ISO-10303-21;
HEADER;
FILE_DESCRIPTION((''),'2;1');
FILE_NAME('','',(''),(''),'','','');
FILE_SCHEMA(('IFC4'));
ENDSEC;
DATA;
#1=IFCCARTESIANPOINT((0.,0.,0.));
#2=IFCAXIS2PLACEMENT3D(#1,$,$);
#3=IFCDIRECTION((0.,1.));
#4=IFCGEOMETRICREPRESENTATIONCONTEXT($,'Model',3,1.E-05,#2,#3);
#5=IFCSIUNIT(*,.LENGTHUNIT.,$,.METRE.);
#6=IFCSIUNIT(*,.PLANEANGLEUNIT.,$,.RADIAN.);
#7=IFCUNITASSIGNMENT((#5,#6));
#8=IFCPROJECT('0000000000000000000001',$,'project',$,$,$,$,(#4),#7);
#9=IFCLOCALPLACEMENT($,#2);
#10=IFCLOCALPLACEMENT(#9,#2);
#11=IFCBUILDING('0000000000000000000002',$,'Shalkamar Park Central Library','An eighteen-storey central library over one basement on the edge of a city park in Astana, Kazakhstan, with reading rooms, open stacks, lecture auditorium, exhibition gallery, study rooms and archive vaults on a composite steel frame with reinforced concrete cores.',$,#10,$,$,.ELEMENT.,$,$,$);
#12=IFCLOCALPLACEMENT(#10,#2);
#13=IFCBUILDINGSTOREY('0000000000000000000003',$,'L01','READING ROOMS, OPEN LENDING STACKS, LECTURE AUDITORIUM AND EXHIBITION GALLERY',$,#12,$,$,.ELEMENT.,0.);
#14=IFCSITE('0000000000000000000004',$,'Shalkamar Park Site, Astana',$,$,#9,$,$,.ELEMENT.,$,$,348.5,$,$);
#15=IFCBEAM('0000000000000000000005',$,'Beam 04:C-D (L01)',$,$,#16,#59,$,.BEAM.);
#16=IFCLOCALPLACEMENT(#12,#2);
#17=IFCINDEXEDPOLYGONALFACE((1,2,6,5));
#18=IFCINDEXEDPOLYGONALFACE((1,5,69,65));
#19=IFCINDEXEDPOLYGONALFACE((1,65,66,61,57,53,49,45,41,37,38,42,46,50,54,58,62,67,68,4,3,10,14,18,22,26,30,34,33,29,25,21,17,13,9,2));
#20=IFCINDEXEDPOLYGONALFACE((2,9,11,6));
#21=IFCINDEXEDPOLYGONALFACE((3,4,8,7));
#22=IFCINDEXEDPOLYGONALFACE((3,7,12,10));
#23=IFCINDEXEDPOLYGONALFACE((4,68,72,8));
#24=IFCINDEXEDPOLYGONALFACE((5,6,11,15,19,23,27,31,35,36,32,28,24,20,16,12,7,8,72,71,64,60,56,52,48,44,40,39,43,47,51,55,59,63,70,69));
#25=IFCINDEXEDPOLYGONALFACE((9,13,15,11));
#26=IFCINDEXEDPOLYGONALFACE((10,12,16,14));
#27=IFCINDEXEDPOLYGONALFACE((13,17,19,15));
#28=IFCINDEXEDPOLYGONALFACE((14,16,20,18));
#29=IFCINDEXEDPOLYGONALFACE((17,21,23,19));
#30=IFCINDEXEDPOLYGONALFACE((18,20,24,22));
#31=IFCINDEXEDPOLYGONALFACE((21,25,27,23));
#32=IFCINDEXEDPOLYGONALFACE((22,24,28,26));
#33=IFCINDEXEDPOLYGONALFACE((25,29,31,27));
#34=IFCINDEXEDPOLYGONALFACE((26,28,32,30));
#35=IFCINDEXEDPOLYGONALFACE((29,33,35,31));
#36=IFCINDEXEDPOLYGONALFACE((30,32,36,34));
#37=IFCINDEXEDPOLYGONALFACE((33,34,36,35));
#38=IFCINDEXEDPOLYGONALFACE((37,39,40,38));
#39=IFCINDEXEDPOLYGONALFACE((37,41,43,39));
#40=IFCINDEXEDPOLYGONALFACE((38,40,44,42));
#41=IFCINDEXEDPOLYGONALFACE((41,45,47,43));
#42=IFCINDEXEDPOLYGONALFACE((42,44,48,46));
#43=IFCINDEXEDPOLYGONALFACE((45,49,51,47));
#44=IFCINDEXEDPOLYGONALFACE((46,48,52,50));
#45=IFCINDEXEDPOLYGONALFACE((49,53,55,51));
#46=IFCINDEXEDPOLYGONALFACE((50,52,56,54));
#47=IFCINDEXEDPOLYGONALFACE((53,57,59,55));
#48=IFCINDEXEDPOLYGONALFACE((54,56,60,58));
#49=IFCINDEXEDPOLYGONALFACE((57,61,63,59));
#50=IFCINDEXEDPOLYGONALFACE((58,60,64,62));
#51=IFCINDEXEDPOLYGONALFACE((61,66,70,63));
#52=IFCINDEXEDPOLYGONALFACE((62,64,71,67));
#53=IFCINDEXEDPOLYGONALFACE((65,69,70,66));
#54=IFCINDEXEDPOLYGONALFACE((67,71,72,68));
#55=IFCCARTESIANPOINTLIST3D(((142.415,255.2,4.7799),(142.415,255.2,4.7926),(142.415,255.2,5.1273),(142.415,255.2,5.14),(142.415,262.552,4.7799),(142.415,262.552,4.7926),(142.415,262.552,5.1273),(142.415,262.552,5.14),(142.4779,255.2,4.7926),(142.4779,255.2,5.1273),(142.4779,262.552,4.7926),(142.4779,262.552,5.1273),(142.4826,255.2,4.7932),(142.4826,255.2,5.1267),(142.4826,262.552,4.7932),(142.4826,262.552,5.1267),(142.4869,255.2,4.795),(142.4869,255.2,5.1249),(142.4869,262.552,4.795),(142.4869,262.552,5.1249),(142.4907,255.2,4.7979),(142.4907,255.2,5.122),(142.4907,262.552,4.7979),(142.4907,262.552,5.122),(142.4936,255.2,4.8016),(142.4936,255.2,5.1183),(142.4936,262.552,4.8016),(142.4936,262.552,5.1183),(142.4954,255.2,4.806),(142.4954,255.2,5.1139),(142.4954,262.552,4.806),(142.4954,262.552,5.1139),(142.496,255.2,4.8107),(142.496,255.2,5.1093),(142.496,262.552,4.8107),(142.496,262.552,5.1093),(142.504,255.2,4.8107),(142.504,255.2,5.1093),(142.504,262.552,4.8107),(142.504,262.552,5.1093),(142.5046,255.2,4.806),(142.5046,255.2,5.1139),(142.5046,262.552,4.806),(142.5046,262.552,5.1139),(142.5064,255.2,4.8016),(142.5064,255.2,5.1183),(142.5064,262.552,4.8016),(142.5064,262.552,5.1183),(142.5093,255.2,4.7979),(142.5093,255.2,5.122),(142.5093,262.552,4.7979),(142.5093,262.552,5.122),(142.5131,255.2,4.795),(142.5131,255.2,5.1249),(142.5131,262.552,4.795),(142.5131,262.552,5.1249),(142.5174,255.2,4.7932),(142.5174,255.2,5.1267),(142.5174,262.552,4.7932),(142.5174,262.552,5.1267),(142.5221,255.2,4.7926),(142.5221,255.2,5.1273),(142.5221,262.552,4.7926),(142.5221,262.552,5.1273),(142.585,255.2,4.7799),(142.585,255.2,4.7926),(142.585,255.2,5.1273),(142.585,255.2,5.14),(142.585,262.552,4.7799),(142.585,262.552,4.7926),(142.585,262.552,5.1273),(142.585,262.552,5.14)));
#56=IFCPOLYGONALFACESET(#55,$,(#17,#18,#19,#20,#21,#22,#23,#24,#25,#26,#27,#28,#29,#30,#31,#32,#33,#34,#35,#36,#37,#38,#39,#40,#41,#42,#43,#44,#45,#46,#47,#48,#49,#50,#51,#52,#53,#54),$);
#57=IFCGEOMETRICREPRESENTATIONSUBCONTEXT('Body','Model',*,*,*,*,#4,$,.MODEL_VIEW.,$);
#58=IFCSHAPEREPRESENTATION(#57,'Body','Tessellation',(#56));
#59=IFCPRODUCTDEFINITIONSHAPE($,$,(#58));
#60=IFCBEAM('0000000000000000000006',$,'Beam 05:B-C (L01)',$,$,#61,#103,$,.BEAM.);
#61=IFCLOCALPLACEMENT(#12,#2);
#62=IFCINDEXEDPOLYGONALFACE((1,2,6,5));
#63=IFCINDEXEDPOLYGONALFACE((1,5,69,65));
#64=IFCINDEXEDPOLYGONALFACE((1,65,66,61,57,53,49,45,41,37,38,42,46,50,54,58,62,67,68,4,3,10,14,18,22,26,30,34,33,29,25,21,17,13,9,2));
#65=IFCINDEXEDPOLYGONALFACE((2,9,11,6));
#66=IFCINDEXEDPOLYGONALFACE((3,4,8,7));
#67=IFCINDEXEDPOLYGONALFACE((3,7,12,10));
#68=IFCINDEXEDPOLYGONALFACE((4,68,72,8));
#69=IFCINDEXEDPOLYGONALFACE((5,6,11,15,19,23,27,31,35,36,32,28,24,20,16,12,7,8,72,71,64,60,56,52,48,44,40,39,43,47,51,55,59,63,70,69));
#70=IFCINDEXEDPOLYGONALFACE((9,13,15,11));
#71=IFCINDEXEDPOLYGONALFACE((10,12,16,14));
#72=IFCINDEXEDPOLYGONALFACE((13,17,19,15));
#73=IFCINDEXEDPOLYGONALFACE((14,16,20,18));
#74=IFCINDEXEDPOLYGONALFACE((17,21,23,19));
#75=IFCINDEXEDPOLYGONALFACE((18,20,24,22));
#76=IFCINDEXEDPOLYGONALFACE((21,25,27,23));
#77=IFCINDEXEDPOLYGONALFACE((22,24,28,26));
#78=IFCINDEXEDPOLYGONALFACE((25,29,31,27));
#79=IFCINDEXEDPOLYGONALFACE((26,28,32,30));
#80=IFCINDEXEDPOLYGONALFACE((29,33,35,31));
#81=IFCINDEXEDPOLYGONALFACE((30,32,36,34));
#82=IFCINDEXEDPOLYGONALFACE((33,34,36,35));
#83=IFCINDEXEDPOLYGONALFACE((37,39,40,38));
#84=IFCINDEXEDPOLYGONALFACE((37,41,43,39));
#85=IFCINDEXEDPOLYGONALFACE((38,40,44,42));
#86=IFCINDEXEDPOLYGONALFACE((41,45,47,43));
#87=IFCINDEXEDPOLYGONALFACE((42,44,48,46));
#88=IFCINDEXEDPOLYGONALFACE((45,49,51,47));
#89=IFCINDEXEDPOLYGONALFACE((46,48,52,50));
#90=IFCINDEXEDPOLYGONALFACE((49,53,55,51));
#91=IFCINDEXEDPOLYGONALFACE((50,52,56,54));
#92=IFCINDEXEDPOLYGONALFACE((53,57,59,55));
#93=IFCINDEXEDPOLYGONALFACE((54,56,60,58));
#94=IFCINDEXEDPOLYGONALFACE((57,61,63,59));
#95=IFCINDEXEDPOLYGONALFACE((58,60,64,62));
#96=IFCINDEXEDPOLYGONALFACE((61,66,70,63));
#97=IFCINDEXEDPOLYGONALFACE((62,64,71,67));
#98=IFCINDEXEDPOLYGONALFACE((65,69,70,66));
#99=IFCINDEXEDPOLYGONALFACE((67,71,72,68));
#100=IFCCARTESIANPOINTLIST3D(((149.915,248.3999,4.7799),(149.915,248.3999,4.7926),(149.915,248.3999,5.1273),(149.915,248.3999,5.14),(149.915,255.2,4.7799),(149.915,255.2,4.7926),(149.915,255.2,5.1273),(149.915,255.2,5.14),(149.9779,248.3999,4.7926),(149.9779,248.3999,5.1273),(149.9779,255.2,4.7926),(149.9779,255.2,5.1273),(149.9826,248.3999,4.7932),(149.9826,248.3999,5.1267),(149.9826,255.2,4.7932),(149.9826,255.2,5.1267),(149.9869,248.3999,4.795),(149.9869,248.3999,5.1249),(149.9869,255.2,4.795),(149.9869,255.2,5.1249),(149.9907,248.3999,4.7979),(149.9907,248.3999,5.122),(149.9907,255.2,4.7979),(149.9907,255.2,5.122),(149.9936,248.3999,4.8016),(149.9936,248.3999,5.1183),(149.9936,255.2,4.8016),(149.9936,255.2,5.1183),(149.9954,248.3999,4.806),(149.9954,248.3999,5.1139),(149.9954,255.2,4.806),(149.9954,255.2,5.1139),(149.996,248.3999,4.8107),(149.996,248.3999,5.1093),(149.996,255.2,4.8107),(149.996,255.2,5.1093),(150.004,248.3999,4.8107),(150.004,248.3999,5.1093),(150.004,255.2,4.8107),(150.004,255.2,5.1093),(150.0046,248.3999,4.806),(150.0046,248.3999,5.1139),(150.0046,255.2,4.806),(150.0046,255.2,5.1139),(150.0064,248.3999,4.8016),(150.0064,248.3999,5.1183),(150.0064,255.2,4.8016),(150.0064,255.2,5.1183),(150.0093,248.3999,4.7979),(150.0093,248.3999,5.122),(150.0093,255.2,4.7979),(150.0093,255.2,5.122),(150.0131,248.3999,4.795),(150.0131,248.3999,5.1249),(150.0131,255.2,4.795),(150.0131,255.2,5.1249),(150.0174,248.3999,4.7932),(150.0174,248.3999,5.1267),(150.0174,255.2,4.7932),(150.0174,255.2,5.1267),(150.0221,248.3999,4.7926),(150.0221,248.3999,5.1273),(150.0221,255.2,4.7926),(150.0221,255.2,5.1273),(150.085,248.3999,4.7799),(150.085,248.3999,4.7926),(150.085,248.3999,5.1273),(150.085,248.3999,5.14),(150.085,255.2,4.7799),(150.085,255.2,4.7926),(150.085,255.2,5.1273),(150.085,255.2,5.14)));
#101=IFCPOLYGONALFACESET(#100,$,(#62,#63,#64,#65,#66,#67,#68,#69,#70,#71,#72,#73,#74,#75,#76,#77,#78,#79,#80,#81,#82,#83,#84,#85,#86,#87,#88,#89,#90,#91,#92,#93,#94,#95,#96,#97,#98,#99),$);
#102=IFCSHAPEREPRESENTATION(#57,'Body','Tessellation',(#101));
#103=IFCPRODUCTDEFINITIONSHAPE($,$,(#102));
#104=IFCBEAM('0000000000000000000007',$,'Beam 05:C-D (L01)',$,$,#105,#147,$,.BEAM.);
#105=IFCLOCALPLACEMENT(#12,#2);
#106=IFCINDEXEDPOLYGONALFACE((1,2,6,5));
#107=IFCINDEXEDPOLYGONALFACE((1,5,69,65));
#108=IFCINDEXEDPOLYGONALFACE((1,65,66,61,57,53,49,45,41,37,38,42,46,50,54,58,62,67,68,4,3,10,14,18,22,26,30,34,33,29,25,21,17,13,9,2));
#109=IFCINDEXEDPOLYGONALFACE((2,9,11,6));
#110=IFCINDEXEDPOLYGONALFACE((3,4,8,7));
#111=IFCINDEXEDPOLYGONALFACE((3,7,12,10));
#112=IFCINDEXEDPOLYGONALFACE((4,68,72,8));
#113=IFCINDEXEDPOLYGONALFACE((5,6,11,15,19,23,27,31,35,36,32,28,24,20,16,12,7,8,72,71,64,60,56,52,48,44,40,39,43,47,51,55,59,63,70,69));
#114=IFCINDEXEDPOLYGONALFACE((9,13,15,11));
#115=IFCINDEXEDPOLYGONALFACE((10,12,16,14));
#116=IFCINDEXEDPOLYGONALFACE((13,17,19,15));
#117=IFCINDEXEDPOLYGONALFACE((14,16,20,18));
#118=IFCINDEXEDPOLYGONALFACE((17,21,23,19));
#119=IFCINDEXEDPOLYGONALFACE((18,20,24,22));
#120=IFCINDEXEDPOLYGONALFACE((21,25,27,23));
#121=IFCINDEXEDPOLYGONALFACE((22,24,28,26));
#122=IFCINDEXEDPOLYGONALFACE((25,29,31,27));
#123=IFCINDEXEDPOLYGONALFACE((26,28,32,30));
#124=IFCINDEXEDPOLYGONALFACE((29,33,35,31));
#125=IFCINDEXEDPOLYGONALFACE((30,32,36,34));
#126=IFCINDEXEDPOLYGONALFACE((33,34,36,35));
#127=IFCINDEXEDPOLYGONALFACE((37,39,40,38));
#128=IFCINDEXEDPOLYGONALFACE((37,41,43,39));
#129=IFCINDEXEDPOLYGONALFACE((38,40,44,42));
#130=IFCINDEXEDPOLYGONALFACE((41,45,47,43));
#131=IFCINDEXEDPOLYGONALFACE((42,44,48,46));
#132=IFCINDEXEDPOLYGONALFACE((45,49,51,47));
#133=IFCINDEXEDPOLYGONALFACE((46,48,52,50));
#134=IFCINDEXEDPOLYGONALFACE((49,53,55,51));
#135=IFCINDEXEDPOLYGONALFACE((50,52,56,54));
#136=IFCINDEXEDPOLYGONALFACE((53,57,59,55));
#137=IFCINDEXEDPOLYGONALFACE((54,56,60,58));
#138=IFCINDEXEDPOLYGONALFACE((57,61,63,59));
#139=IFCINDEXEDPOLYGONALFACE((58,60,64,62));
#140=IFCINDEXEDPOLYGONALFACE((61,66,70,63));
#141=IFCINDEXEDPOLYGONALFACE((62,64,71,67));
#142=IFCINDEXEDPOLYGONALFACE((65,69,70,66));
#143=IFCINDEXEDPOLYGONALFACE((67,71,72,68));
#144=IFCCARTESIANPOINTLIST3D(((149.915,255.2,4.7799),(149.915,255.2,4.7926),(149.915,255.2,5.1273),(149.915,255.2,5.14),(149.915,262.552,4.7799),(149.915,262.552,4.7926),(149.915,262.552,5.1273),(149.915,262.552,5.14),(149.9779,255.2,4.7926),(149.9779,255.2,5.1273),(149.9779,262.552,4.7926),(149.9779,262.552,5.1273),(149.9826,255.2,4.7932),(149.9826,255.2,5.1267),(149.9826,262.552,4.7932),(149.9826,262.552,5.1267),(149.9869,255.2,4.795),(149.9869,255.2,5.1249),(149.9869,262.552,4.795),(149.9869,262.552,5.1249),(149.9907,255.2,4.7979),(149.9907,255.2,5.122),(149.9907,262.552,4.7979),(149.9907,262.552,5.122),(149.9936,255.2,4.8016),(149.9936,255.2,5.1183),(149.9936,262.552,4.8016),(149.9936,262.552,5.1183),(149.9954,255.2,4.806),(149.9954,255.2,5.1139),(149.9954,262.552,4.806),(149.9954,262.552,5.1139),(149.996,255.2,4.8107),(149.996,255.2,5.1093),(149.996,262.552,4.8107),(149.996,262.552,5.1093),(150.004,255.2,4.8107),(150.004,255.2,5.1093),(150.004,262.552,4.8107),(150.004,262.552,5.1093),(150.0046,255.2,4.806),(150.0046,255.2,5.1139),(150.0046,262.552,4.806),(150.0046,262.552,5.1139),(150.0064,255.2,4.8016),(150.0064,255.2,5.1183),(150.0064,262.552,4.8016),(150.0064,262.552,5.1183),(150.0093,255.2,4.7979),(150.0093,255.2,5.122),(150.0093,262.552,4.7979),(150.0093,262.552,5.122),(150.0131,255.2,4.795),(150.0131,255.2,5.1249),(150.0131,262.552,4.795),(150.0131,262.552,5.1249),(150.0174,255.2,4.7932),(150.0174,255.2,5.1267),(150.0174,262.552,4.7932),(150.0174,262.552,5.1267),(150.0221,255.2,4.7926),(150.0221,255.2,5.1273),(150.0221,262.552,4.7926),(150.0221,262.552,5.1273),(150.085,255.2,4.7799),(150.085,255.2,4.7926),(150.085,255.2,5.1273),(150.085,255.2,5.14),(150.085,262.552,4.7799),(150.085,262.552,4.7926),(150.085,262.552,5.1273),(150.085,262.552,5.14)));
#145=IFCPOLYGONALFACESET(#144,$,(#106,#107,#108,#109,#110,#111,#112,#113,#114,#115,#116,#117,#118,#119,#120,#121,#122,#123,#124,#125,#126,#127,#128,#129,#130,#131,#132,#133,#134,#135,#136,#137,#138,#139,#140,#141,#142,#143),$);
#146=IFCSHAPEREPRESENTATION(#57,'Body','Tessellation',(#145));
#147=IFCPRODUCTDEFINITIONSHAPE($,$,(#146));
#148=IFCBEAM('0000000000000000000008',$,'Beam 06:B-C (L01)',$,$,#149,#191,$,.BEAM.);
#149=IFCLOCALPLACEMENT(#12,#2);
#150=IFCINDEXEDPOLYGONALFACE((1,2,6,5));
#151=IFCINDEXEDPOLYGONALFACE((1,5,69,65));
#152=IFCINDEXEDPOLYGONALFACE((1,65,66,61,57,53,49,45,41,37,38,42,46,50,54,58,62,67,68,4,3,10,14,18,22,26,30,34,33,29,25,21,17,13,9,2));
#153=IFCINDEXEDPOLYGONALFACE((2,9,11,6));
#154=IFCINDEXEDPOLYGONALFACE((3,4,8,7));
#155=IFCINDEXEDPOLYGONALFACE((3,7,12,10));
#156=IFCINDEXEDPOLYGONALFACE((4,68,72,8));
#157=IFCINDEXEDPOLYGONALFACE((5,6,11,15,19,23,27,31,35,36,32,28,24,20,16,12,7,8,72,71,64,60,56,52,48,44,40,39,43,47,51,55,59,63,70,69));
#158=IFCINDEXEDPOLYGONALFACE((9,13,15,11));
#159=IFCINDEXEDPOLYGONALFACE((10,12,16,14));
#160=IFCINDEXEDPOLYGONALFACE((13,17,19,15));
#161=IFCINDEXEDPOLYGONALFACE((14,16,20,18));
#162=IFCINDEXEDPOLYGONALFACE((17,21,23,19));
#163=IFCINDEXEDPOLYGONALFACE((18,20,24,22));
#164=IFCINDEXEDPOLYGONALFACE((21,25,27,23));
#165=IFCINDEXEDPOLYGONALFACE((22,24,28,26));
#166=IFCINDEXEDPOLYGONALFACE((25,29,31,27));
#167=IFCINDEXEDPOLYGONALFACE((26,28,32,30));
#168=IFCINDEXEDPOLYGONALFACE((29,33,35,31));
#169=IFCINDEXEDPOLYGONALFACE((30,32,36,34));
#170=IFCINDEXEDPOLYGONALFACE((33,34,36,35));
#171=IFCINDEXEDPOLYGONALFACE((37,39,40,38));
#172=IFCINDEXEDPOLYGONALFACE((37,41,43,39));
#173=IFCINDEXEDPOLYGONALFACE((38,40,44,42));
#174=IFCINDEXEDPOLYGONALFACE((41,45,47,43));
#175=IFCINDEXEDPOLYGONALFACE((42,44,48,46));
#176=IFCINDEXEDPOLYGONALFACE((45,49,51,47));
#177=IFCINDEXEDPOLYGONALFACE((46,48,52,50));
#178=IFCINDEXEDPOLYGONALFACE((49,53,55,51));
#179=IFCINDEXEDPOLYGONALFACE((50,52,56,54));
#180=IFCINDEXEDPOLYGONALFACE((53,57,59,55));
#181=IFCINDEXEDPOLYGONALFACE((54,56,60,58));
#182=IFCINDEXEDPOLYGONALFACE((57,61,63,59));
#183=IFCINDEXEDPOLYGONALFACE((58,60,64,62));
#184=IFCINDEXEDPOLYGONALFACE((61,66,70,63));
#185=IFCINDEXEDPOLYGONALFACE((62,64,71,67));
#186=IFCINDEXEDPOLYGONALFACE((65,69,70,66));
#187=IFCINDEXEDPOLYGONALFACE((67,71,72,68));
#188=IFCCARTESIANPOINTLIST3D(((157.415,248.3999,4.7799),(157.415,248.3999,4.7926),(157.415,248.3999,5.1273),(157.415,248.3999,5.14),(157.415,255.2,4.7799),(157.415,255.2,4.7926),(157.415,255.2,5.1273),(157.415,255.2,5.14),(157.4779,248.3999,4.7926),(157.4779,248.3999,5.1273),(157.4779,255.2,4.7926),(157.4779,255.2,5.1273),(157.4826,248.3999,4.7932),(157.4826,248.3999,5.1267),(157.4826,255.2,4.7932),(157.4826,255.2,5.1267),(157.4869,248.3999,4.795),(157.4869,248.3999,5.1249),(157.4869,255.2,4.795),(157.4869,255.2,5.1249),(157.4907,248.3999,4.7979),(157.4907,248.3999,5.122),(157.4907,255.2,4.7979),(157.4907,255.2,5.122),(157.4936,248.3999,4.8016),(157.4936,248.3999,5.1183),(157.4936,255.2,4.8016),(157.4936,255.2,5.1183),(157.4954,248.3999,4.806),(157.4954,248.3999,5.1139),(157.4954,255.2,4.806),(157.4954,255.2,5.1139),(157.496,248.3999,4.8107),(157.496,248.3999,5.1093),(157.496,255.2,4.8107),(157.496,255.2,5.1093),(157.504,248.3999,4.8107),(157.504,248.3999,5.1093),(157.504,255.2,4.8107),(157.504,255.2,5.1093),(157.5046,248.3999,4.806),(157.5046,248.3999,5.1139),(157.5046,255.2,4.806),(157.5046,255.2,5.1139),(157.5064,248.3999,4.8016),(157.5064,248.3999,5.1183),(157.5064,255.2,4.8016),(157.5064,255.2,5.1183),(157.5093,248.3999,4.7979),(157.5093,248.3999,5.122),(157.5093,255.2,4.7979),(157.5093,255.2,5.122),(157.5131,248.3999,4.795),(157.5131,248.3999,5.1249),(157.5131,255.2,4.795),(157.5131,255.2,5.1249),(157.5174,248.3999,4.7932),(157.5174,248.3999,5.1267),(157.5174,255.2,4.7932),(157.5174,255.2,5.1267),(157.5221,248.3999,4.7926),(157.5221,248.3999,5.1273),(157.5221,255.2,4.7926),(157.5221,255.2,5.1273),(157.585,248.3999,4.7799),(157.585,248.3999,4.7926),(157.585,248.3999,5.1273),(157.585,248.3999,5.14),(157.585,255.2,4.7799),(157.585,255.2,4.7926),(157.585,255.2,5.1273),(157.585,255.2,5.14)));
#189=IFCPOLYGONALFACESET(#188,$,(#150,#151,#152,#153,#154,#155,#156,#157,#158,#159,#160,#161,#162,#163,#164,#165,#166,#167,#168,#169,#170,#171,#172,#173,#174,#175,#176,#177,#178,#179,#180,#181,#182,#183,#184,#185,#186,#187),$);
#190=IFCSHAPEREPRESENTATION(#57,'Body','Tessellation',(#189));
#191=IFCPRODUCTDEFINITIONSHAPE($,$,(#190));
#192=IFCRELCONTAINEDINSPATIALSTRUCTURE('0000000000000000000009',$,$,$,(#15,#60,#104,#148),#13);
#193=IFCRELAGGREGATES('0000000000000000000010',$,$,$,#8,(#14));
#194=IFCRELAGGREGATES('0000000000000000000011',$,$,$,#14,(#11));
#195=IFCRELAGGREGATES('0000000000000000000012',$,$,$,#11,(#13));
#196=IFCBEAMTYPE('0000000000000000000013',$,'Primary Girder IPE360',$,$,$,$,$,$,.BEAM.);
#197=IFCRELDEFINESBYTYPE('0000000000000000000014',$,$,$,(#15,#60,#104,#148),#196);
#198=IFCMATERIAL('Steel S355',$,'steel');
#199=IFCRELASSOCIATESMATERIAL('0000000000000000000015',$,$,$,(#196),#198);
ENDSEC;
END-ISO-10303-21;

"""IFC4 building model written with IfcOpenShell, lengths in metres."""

from ifc_helpers import new_model, si_unit, direction, frame, origin, origin_2d, place, context, subcontext, project, spatial, i_section, extrude, material, material_profile, profile_set, type_object, element, save


model = new_model("IFC4")

# Units and contexts
model_context = context("Model", 3, precision=1e-05, world=origin(), true_north=direction((0.0, 1.0)))
body_context = subcontext(model_context, "Body", "Model", "MODEL_VIEW")
ifc_project = project(units=[si_unit("LENGTHUNIT", "METRE"), si_unit("PLANEANGLEUNIT", "RADIAN")], contexts=[model_context])

# Site, building, storey
site_placement = place(None, origin())
site = spatial("IfcSite", under=ifc_project, at=site_placement, Name="Shalkamar Park Site, Astana", CompositionType="ELEMENT", RefElevation=348.5)
building_placement = place(site_placement, origin())
building = spatial("IfcBuilding", under=site, at=building_placement, Name="Shalkamar Park Central Library", Description="An eighteen-storey central library over one basement on the edge of a city park in Astana, Kazakhstan, with reading rooms, open stacks, lecture auditorium, exhibition gallery, study rooms and archive vaults on a composite steel frame with reinforced concrete cores.", CompositionType="ELEMENT")
storey_placement = place(building_placement, origin())
storey = spatial("IfcBuildingStorey", under=building, at=storey_placement, Name="L01", Description="READING ROOMS, OPEN LENDING STACKS, LECTURE AUDITORIUM AND EXHIBITION GALLERY", CompositionType="ELEMENT", Elevation=0.0)

# Shared definitions
ifc_material_1 = material(Name="Steel S355", Category="steel")

# Beams
ifc_material_profile_1 = material_profile(ifc_material_1, i_section(OverallWidth=0.1699, OverallDepth=0.3601, WebThickness=0.0081, FlangeThickness=0.0127, FilletRadius=0.0181, at=origin_2d()), Name="IPE 360")
ifc_profile_set_1 = profile_set([ifc_material_profile_1], Name="Steel S355")
beam_type_1 = type_object("IfcBeamType", Name="Primary Girder IPE360", PredefinedType="BEAM", material=ifc_profile_set_1)
beam_1_placement = place(storey_placement, frame((142.5, 255.2, 4.96), z_axis=(0.0, 1.0, 0.0), x_axis=(-1.0, 0.0, 0.0)))
element("IfcBeam", 1, at=beam_1_placement, inside=storey, type_object=beam_type_1, Name="Beam 04:C-D (L01)", PredefinedType="BEAM", context=body_context, shape_type="SweptSolid", body=[
    extrude(i_section(OverallWidth=0.1699, OverallDepth=0.3601, WebThickness=0.0081, FlangeThickness=0.0127, FilletRadius=0.0181, at=origin_2d()), origin(), (0.0, 0.0, 1.0), 7.3521),
])
beam_2_placement = place(storey_placement, frame((150.0, 248.3999, 4.96), z_axis=(0.0, 1.0, 0.0), x_axis=(-1.0, 0.0, 0.0)))
element("IfcBeam", 2, at=beam_2_placement, inside=storey, type_object=beam_type_1, Name="Beam 05:B-C (L01)", PredefinedType="BEAM", context=body_context, shape_type="SweptSolid", body=[
    extrude(i_section(OverallWidth=0.1699, OverallDepth=0.3601, WebThickness=0.0081, FlangeThickness=0.0127, FilletRadius=0.0181, at=origin_2d()), origin(), (0.0, 0.0, 1.0), 6.8),
])
beam_3_placement = place(storey_placement, frame((150.0, 255.2, 4.96), z_axis=(0.0, 1.0, 0.0), x_axis=(-1.0, 0.0, 0.0)))
element("IfcBeam", 3, at=beam_3_placement, inside=storey, type_object=beam_type_1, Name="Beam 05:C-D (L01)", PredefinedType="BEAM", context=body_context, shape_type="SweptSolid", body=[
    extrude(i_section(OverallWidth=0.1699, OverallDepth=0.3601, WebThickness=0.0081, FlangeThickness=0.0127, FilletRadius=0.0181, at=origin_2d()), origin(), (0.0, 0.0, 1.0), 7.3521),
])
beam_4_placement = place(storey_placement, frame((157.5, 248.3999, 4.96), z_axis=(0.0, 1.0, 0.0), x_axis=(-1.0, 0.0, 0.0)))
element("IfcBeam", 4, at=beam_4_placement, inside=storey, type_object=beam_type_1, Name="Beam 06:B-C (L01)", PredefinedType="BEAM", context=body_context, shape_type="SweptSolid", body=[
    extrude(i_section(OverallWidth=0.1699, OverallDepth=0.3601, WebThickness=0.0081, FlangeThickness=0.0127, FilletRadius=0.0181, at=origin_2d()), origin(), (0.0, 0.0, 1.0), 6.8),
])

save(model, "model.ifc")
